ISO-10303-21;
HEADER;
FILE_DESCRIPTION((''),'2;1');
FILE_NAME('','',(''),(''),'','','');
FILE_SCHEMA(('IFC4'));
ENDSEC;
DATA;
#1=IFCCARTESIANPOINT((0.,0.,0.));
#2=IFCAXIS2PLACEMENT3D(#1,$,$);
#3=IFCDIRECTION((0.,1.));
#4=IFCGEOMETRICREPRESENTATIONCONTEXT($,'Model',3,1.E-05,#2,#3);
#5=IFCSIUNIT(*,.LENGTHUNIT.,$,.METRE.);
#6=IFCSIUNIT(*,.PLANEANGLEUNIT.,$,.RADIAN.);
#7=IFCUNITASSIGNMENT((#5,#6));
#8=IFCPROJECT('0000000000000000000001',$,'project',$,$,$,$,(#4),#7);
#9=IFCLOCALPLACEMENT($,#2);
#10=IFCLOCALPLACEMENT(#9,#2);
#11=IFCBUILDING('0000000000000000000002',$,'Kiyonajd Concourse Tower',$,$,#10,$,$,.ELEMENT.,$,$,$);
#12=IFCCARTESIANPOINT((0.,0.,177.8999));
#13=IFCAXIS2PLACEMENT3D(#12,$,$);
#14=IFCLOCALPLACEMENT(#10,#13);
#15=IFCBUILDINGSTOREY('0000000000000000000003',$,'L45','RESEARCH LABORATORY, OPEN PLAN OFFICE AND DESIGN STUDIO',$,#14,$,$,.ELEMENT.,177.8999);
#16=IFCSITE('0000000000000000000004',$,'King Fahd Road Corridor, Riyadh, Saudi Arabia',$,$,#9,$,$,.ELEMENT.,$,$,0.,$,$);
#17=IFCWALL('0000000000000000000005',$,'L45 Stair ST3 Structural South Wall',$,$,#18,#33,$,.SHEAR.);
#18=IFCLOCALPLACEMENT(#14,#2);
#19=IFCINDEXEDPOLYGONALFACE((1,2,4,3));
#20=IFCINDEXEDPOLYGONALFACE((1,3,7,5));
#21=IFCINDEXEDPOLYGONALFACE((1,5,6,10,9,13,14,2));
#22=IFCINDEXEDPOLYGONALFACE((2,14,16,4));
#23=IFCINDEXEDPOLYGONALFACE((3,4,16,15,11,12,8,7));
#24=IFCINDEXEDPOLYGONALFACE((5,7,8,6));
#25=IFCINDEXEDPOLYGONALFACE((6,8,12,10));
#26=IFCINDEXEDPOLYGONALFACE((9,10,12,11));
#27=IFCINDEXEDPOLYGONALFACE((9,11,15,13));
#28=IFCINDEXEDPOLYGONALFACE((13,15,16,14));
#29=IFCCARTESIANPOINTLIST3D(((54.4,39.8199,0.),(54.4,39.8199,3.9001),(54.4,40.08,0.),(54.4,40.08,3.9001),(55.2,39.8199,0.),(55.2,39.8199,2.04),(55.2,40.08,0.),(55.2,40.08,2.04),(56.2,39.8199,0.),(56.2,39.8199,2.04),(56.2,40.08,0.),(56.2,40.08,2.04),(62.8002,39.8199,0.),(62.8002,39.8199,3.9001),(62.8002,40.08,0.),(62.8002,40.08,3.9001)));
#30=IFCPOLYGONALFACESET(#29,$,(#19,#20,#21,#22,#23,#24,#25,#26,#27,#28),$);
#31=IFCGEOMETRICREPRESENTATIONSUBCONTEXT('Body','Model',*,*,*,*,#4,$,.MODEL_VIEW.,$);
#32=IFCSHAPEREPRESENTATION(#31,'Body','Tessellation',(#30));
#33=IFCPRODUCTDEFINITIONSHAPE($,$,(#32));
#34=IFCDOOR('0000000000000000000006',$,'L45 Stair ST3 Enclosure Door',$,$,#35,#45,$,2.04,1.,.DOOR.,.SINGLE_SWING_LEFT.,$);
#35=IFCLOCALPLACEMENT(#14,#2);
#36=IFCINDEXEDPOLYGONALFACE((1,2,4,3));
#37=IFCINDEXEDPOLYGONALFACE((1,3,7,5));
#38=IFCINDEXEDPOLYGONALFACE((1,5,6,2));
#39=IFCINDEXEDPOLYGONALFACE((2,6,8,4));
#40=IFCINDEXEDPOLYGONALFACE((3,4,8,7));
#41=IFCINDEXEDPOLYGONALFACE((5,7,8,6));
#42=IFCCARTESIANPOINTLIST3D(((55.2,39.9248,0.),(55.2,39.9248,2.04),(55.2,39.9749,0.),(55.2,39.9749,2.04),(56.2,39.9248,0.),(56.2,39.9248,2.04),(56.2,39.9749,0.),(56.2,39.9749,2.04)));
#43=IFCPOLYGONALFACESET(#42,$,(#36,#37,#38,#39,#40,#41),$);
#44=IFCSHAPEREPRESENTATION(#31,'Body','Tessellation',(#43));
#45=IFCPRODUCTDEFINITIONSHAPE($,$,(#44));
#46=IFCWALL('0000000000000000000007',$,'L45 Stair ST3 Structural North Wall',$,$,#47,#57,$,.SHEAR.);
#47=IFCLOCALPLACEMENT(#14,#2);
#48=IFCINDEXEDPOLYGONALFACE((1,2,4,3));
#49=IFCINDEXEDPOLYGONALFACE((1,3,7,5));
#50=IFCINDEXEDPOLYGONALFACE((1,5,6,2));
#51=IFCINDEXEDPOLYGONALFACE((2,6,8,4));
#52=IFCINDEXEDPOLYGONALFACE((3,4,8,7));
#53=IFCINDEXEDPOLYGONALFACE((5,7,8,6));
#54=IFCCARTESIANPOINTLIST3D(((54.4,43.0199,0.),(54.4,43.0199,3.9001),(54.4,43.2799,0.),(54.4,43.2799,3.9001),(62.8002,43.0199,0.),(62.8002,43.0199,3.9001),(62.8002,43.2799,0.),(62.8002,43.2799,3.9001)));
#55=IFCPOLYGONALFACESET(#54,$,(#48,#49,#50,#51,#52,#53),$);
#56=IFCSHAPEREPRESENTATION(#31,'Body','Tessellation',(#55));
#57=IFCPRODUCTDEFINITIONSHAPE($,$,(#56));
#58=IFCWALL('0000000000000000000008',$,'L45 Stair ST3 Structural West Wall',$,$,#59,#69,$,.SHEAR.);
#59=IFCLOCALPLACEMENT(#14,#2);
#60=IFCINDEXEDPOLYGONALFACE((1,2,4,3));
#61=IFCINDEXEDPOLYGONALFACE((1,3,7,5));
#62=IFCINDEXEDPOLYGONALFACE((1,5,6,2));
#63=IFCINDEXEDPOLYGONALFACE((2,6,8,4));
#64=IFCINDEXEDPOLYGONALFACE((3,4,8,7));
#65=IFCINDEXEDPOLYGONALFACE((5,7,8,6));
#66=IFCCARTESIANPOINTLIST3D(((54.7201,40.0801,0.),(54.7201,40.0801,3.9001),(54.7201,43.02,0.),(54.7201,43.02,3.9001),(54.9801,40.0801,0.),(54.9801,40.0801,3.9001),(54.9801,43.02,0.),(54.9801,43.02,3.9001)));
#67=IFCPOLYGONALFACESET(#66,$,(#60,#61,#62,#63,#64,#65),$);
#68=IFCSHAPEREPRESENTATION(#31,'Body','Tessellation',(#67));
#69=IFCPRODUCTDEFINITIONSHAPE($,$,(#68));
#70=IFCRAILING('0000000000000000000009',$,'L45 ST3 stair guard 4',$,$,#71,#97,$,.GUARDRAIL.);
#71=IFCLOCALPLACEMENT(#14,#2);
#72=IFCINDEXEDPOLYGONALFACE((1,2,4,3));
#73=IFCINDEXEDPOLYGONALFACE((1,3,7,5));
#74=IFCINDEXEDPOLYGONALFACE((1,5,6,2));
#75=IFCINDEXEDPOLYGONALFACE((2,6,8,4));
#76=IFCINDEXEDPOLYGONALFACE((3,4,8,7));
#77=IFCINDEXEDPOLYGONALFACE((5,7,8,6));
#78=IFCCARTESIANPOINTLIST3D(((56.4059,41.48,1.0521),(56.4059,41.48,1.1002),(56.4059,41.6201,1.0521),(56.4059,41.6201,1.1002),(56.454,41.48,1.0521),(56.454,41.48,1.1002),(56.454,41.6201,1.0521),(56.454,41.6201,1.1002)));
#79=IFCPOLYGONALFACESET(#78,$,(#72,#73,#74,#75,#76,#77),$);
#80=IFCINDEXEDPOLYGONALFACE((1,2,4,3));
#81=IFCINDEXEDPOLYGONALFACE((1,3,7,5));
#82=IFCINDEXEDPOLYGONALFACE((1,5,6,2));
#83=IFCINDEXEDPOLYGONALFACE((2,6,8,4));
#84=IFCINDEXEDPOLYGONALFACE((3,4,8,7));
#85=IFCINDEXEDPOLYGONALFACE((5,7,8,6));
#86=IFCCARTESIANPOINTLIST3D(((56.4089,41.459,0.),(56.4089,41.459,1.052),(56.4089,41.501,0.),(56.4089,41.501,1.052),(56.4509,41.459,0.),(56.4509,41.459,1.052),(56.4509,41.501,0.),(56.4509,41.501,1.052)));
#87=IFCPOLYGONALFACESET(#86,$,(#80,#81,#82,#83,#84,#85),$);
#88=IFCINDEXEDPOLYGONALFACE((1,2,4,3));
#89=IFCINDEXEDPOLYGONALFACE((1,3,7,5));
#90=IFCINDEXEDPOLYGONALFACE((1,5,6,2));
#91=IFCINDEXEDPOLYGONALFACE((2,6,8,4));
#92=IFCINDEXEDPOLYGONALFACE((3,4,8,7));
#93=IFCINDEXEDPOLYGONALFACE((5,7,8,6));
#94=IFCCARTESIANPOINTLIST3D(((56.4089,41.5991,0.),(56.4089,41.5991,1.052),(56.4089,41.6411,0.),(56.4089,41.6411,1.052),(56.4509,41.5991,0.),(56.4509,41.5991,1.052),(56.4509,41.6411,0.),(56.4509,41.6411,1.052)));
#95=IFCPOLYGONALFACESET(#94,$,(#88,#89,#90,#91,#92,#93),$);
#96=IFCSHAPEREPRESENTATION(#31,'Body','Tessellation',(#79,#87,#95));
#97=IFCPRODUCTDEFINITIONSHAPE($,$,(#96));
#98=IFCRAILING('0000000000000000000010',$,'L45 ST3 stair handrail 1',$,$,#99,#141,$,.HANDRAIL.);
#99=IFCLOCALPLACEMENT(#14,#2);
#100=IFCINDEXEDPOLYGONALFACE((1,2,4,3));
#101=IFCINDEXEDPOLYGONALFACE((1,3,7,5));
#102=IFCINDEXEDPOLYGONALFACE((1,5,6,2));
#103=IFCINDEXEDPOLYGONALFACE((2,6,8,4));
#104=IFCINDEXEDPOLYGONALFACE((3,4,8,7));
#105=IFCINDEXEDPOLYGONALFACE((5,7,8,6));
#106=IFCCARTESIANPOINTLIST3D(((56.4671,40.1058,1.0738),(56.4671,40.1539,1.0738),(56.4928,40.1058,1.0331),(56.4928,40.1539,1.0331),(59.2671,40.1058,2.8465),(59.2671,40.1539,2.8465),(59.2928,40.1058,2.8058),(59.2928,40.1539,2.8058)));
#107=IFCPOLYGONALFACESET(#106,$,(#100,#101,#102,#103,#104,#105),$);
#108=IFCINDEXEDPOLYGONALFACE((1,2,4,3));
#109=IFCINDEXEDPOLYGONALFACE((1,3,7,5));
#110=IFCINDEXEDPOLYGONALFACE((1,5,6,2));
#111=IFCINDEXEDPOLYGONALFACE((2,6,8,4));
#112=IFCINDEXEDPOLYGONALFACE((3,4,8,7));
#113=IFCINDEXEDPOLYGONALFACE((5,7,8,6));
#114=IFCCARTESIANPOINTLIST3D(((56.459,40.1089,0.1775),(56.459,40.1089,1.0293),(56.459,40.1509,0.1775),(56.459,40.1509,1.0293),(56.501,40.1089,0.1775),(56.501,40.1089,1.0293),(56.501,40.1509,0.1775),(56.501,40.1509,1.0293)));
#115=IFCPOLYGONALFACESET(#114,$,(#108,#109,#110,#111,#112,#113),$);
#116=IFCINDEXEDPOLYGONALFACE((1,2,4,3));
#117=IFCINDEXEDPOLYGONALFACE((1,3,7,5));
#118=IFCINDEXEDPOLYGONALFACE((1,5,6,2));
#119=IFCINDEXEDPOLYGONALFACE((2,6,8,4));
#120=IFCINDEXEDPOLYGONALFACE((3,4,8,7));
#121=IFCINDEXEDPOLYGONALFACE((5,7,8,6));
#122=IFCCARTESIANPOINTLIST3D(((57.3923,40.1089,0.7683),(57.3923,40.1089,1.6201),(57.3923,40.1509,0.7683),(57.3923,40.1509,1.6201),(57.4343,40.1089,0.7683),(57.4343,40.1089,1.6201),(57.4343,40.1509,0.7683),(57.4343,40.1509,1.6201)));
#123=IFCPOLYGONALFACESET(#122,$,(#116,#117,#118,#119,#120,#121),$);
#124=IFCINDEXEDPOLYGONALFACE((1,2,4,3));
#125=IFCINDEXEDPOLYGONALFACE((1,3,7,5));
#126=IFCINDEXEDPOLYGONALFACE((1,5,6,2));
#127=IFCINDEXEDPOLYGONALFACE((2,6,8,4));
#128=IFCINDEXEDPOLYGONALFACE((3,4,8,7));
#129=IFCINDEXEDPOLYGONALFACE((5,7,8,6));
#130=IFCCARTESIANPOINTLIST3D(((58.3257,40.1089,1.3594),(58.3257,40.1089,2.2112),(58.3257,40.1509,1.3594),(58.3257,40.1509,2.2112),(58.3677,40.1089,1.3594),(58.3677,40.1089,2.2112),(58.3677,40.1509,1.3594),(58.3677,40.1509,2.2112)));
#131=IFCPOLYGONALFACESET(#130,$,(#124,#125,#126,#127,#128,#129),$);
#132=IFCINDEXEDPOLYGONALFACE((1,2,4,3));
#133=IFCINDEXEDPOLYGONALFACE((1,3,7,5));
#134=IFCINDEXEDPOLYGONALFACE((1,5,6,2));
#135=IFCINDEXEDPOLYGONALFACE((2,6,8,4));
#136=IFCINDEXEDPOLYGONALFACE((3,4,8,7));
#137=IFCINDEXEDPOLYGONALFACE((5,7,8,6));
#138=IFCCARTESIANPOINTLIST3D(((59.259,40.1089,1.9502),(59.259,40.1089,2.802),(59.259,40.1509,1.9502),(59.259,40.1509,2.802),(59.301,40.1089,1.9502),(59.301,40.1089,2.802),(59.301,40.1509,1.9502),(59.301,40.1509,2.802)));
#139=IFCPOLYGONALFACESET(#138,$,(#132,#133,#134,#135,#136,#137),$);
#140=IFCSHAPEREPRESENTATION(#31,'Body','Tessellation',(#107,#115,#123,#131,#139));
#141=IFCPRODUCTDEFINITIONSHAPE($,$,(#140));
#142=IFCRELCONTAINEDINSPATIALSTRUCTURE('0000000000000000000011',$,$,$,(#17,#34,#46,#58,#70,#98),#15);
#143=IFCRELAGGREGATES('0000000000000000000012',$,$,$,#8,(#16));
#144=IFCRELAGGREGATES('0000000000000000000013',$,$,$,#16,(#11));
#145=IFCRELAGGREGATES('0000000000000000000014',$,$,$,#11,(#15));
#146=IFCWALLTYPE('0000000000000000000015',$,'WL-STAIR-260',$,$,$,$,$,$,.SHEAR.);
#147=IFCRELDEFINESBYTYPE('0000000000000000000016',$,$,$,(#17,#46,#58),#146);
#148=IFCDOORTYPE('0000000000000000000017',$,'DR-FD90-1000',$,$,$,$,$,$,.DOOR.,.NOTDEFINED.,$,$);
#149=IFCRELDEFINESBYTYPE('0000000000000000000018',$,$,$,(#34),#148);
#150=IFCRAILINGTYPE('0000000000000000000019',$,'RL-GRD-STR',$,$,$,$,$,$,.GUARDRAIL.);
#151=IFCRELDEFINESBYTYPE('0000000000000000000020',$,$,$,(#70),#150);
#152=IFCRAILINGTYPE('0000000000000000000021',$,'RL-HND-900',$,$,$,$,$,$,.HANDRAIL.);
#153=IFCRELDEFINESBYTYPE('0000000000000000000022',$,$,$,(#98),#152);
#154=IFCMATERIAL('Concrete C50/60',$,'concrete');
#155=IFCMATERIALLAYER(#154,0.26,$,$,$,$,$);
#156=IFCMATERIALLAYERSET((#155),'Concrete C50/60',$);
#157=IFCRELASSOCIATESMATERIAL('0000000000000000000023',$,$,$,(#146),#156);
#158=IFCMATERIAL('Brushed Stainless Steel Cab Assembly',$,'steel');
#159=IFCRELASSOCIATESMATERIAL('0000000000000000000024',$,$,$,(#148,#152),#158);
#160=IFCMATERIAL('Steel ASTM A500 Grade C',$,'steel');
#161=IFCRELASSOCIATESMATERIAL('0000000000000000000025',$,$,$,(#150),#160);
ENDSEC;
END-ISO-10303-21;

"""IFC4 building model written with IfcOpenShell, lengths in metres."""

from ifc_helpers import new_model, si_unit, direction, frame, frame_2d, origin, origin_2d, place, context, subcontext, project, spatial, rectangle, extrude, material, layer, layer_set, type_object, element, fill, save


model = new_model("IFC4")

# Units and contexts
model_context = context("Model", 3, precision=1e-05, world=origin(), true_north=direction((0.0, 1.0)))
body_context = subcontext(model_context, "Body", "Model", "MODEL_VIEW")
ifc_project = project(units=[si_unit("LENGTHUNIT", "METRE"), si_unit("PLANEANGLEUNIT", "RADIAN")], contexts=[model_context])

# Site, building, storey
site_placement = place(None, origin())
site = spatial("IfcSite", under=ifc_project, at=site_placement, Name="King Fahd Road Corridor, Riyadh, Saudi Arabia", CompositionType="ELEMENT", RefElevation=0.0)
building_placement = place(site_placement, origin())
building = spatial("IfcBuilding", under=site, at=building_placement, Name="Kiyonajd Concourse Tower", CompositionType="ELEMENT")
storey_placement = place(building_placement, frame((0.0, 0.0, 177.8999)))
storey = spatial("IfcBuildingStorey", under=building, at=storey_placement, Name="L45", Description="RESEARCH LABORATORY, OPEN PLAN OFFICE AND DESIGN STUDIO", CompositionType="ELEMENT", Elevation=177.8999)

# Shared definitions
ifc_material_1 = material(Name="Concrete C50/60", Category="concrete")

# Shared definitions
ifc_material_2 = material(Name="Brushed Stainless Steel Cab Assembly", Category="steel")

# Wall, opening, door
ifc_layer_1 = layer(ifc_material_1, 0.26)
ifc_layer_set_1 = layer_set([ifc_layer_1], Name="Concrete C50/60")
wall_type_1 = type_object("IfcWallType", Name="WL-STAIR-260", PredefinedType="SHEAR", material=ifc_layer_set_1)
wall_1_placement = place(storey_placement, frame((54.3999, 39.95, 0.0), z_axis=(0.0, 0.0, 1.0), x_axis=(1.0, 0.0, 0.0)))
wall_1 = element("IfcWall", 1, at=wall_1_placement, inside=storey, type_object=wall_type_1, Name="L45 Stair ST3 Structural South Wall", PredefinedType="SHEAR", context=body_context, shape_type="SweptSolid", body=[
    extrude(rectangle(XDim=8.4001, YDim=0.26, at=frame_2d((4.2002, 0.0))), origin(), (0.0, 0.0, 1.0), 3.9001),
])
opening_1_placement = place(wall_1_placement, frame((0.8, 0.0, 0.0)))
opening_1 = element("IfcOpeningElement", 2, at=opening_1_placement, cuts=wall_1, PredefinedType="OPENING", context=body_context, shape_type="SweptSolid", body=[
    extrude(rectangle(XDim=1.0, YDim=2.04, at=frame_2d((0.5, 1.02))), frame((0.0, 0.1399, 0.0), z_axis=(0.0, -1.0, 0.0), x_axis=(1.0, 0.0, 0.0)), (0.0, 0.0, 1.0), 0.28),
])
door_type_1 = type_object("IfcDoorType", Name="DR-FD90-1000", OperationType="NOTDEFINED", PredefinedType="DOOR", material=ifc_material_2)
door_1_placement = place(opening_1_placement, origin())
door_1 = element("IfcDoor", 3, at=door_1_placement, inside=storey, type_object=door_type_1, Name="L45 Stair ST3 Enclosure Door", OperationType="SINGLE_SWING_LEFT", OverallHeight=2.04, OverallWidth=1.0, PredefinedType="DOOR", context=body_context, shape_type="SweptSolid", body=[
    extrude(rectangle(XDim=1.0, YDim=2.04, at=frame_2d((0.5, 1.02))), frame((0.0, 0.0249, 0.0), z_axis=(0.0, -1.0, 0.0), x_axis=(1.0, 0.0, 0.0)), (0.0, 0.0, 1.0), 0.05),
])
fill(opening_1, door_1)

# Walls
wall_2_placement = place(storey_placement, frame((54.3999, 43.1499, 0.0), z_axis=(0.0, 0.0, 1.0), x_axis=(1.0, 0.0, 0.0)))
element("IfcWall", 4, at=wall_2_placement, inside=storey, type_object=wall_type_1, Name="L45 Stair ST3 Structural North Wall", PredefinedType="SHEAR", context=body_context, shape_type="SweptSolid", body=[
    extrude(rectangle(XDim=8.4001, YDim=0.26, at=frame_2d((4.2002, 0.0))), origin(), (0.0, 0.0, 1.0), 3.9001),
])
wall_3_placement = place(storey_placement, frame((54.8501, 40.0801, 0.0), z_axis=(0.0, 0.0, 1.0), x_axis=(0.0, 1.0, 0.0)))
element("IfcWall", 5, at=wall_3_placement, inside=storey, type_object=wall_type_1, Name="L45 Stair ST3 Structural West Wall", PredefinedType="SHEAR", context=body_context, shape_type="SweptSolid", body=[
    extrude(rectangle(XDim=2.9399, YDim=0.26, at=frame_2d((1.47, 0.0))), origin(), (0.0, 0.0, 1.0), 3.9001),
])

# Railings
ifc_material_3 = material(Name="Steel ASTM A500 Grade C", Category="steel")
railing_type_1 = type_object("IfcRailingType", Name="RL-GRD-STR", PredefinedType="GUARDRAIL", material=ifc_material_3)
railing_1_placement = place(storey_placement, frame((56.4299, 41.48, 0.0)))
element("IfcRailing", 6, at=railing_1_placement, inside=storey, type_object=railing_type_1, Name="L45 ST3 stair guard 4", PredefinedType="GUARDRAIL", context=body_context, shape_type="SweptSolid", body=[
    extrude(rectangle(XDim=0.0481, YDim=0.0481, at=origin_2d()), frame((0.0, 0.0, 1.0762), z_axis=(0.0, 1.0, 0.0), x_axis=(-1.0, 0.0, 0.0)), (0.0, 0.0, 1.0), 0.1401),
    extrude(rectangle(XDim=0.042, YDim=0.042, at=origin_2d()), origin(), (0.0, 0.0, 1.0), 1.052),
    extrude(rectangle(XDim=0.042, YDim=0.042, at=origin_2d()), frame((0.0, 0.1401, 0.0)), (0.0, 0.0, 1.0), 1.052),
])
railing_type_2 = type_object("IfcRailingType", Name="RL-HND-900", PredefinedType="HANDRAIL", material=ifc_material_2)
railing_2_placement = place(storey_placement, frame((56.48, 40.1299, 0.1775)))
element("IfcRailing", 7, at=railing_2_placement, inside=storey, type_object=railing_type_2, Name="L45 ST3 stair handrail 1", PredefinedType="HANDRAIL", context=body_context, shape_type="SweptSolid", body=[
    extrude(rectangle(XDim=0.0481, YDim=0.0481, at=origin_2d()), frame((0.0, 0.0, 0.876), z_axis=(0.844909, 0.0, 0.53491), x_axis=(0.0, 1.0, 0.0)), (0.0, 0.0, 1.0), 3.314),
    extrude(rectangle(XDim=0.042, YDim=0.042, at=origin_2d()), origin(), (0.0, 0.0, 1.0), 0.8518),
    extrude(rectangle(XDim=0.042, YDim=0.042, at=origin_2d()), frame((0.9333, 0.0, 0.5908)), (0.0, 0.0, 1.0), 0.8518),
    extrude(rectangle(XDim=0.042, YDim=0.042, at=origin_2d()), frame((1.8667, 0.0, 1.1819)), (0.0, 0.0, 1.0), 0.8518),
    extrude(rectangle(XDim=0.042, YDim=0.042, at=origin_2d()), frame((2.8, 0.0, 1.7727)), (0.0, 0.0, 1.0), 0.8518),
])

save(model, "model.ifc")
